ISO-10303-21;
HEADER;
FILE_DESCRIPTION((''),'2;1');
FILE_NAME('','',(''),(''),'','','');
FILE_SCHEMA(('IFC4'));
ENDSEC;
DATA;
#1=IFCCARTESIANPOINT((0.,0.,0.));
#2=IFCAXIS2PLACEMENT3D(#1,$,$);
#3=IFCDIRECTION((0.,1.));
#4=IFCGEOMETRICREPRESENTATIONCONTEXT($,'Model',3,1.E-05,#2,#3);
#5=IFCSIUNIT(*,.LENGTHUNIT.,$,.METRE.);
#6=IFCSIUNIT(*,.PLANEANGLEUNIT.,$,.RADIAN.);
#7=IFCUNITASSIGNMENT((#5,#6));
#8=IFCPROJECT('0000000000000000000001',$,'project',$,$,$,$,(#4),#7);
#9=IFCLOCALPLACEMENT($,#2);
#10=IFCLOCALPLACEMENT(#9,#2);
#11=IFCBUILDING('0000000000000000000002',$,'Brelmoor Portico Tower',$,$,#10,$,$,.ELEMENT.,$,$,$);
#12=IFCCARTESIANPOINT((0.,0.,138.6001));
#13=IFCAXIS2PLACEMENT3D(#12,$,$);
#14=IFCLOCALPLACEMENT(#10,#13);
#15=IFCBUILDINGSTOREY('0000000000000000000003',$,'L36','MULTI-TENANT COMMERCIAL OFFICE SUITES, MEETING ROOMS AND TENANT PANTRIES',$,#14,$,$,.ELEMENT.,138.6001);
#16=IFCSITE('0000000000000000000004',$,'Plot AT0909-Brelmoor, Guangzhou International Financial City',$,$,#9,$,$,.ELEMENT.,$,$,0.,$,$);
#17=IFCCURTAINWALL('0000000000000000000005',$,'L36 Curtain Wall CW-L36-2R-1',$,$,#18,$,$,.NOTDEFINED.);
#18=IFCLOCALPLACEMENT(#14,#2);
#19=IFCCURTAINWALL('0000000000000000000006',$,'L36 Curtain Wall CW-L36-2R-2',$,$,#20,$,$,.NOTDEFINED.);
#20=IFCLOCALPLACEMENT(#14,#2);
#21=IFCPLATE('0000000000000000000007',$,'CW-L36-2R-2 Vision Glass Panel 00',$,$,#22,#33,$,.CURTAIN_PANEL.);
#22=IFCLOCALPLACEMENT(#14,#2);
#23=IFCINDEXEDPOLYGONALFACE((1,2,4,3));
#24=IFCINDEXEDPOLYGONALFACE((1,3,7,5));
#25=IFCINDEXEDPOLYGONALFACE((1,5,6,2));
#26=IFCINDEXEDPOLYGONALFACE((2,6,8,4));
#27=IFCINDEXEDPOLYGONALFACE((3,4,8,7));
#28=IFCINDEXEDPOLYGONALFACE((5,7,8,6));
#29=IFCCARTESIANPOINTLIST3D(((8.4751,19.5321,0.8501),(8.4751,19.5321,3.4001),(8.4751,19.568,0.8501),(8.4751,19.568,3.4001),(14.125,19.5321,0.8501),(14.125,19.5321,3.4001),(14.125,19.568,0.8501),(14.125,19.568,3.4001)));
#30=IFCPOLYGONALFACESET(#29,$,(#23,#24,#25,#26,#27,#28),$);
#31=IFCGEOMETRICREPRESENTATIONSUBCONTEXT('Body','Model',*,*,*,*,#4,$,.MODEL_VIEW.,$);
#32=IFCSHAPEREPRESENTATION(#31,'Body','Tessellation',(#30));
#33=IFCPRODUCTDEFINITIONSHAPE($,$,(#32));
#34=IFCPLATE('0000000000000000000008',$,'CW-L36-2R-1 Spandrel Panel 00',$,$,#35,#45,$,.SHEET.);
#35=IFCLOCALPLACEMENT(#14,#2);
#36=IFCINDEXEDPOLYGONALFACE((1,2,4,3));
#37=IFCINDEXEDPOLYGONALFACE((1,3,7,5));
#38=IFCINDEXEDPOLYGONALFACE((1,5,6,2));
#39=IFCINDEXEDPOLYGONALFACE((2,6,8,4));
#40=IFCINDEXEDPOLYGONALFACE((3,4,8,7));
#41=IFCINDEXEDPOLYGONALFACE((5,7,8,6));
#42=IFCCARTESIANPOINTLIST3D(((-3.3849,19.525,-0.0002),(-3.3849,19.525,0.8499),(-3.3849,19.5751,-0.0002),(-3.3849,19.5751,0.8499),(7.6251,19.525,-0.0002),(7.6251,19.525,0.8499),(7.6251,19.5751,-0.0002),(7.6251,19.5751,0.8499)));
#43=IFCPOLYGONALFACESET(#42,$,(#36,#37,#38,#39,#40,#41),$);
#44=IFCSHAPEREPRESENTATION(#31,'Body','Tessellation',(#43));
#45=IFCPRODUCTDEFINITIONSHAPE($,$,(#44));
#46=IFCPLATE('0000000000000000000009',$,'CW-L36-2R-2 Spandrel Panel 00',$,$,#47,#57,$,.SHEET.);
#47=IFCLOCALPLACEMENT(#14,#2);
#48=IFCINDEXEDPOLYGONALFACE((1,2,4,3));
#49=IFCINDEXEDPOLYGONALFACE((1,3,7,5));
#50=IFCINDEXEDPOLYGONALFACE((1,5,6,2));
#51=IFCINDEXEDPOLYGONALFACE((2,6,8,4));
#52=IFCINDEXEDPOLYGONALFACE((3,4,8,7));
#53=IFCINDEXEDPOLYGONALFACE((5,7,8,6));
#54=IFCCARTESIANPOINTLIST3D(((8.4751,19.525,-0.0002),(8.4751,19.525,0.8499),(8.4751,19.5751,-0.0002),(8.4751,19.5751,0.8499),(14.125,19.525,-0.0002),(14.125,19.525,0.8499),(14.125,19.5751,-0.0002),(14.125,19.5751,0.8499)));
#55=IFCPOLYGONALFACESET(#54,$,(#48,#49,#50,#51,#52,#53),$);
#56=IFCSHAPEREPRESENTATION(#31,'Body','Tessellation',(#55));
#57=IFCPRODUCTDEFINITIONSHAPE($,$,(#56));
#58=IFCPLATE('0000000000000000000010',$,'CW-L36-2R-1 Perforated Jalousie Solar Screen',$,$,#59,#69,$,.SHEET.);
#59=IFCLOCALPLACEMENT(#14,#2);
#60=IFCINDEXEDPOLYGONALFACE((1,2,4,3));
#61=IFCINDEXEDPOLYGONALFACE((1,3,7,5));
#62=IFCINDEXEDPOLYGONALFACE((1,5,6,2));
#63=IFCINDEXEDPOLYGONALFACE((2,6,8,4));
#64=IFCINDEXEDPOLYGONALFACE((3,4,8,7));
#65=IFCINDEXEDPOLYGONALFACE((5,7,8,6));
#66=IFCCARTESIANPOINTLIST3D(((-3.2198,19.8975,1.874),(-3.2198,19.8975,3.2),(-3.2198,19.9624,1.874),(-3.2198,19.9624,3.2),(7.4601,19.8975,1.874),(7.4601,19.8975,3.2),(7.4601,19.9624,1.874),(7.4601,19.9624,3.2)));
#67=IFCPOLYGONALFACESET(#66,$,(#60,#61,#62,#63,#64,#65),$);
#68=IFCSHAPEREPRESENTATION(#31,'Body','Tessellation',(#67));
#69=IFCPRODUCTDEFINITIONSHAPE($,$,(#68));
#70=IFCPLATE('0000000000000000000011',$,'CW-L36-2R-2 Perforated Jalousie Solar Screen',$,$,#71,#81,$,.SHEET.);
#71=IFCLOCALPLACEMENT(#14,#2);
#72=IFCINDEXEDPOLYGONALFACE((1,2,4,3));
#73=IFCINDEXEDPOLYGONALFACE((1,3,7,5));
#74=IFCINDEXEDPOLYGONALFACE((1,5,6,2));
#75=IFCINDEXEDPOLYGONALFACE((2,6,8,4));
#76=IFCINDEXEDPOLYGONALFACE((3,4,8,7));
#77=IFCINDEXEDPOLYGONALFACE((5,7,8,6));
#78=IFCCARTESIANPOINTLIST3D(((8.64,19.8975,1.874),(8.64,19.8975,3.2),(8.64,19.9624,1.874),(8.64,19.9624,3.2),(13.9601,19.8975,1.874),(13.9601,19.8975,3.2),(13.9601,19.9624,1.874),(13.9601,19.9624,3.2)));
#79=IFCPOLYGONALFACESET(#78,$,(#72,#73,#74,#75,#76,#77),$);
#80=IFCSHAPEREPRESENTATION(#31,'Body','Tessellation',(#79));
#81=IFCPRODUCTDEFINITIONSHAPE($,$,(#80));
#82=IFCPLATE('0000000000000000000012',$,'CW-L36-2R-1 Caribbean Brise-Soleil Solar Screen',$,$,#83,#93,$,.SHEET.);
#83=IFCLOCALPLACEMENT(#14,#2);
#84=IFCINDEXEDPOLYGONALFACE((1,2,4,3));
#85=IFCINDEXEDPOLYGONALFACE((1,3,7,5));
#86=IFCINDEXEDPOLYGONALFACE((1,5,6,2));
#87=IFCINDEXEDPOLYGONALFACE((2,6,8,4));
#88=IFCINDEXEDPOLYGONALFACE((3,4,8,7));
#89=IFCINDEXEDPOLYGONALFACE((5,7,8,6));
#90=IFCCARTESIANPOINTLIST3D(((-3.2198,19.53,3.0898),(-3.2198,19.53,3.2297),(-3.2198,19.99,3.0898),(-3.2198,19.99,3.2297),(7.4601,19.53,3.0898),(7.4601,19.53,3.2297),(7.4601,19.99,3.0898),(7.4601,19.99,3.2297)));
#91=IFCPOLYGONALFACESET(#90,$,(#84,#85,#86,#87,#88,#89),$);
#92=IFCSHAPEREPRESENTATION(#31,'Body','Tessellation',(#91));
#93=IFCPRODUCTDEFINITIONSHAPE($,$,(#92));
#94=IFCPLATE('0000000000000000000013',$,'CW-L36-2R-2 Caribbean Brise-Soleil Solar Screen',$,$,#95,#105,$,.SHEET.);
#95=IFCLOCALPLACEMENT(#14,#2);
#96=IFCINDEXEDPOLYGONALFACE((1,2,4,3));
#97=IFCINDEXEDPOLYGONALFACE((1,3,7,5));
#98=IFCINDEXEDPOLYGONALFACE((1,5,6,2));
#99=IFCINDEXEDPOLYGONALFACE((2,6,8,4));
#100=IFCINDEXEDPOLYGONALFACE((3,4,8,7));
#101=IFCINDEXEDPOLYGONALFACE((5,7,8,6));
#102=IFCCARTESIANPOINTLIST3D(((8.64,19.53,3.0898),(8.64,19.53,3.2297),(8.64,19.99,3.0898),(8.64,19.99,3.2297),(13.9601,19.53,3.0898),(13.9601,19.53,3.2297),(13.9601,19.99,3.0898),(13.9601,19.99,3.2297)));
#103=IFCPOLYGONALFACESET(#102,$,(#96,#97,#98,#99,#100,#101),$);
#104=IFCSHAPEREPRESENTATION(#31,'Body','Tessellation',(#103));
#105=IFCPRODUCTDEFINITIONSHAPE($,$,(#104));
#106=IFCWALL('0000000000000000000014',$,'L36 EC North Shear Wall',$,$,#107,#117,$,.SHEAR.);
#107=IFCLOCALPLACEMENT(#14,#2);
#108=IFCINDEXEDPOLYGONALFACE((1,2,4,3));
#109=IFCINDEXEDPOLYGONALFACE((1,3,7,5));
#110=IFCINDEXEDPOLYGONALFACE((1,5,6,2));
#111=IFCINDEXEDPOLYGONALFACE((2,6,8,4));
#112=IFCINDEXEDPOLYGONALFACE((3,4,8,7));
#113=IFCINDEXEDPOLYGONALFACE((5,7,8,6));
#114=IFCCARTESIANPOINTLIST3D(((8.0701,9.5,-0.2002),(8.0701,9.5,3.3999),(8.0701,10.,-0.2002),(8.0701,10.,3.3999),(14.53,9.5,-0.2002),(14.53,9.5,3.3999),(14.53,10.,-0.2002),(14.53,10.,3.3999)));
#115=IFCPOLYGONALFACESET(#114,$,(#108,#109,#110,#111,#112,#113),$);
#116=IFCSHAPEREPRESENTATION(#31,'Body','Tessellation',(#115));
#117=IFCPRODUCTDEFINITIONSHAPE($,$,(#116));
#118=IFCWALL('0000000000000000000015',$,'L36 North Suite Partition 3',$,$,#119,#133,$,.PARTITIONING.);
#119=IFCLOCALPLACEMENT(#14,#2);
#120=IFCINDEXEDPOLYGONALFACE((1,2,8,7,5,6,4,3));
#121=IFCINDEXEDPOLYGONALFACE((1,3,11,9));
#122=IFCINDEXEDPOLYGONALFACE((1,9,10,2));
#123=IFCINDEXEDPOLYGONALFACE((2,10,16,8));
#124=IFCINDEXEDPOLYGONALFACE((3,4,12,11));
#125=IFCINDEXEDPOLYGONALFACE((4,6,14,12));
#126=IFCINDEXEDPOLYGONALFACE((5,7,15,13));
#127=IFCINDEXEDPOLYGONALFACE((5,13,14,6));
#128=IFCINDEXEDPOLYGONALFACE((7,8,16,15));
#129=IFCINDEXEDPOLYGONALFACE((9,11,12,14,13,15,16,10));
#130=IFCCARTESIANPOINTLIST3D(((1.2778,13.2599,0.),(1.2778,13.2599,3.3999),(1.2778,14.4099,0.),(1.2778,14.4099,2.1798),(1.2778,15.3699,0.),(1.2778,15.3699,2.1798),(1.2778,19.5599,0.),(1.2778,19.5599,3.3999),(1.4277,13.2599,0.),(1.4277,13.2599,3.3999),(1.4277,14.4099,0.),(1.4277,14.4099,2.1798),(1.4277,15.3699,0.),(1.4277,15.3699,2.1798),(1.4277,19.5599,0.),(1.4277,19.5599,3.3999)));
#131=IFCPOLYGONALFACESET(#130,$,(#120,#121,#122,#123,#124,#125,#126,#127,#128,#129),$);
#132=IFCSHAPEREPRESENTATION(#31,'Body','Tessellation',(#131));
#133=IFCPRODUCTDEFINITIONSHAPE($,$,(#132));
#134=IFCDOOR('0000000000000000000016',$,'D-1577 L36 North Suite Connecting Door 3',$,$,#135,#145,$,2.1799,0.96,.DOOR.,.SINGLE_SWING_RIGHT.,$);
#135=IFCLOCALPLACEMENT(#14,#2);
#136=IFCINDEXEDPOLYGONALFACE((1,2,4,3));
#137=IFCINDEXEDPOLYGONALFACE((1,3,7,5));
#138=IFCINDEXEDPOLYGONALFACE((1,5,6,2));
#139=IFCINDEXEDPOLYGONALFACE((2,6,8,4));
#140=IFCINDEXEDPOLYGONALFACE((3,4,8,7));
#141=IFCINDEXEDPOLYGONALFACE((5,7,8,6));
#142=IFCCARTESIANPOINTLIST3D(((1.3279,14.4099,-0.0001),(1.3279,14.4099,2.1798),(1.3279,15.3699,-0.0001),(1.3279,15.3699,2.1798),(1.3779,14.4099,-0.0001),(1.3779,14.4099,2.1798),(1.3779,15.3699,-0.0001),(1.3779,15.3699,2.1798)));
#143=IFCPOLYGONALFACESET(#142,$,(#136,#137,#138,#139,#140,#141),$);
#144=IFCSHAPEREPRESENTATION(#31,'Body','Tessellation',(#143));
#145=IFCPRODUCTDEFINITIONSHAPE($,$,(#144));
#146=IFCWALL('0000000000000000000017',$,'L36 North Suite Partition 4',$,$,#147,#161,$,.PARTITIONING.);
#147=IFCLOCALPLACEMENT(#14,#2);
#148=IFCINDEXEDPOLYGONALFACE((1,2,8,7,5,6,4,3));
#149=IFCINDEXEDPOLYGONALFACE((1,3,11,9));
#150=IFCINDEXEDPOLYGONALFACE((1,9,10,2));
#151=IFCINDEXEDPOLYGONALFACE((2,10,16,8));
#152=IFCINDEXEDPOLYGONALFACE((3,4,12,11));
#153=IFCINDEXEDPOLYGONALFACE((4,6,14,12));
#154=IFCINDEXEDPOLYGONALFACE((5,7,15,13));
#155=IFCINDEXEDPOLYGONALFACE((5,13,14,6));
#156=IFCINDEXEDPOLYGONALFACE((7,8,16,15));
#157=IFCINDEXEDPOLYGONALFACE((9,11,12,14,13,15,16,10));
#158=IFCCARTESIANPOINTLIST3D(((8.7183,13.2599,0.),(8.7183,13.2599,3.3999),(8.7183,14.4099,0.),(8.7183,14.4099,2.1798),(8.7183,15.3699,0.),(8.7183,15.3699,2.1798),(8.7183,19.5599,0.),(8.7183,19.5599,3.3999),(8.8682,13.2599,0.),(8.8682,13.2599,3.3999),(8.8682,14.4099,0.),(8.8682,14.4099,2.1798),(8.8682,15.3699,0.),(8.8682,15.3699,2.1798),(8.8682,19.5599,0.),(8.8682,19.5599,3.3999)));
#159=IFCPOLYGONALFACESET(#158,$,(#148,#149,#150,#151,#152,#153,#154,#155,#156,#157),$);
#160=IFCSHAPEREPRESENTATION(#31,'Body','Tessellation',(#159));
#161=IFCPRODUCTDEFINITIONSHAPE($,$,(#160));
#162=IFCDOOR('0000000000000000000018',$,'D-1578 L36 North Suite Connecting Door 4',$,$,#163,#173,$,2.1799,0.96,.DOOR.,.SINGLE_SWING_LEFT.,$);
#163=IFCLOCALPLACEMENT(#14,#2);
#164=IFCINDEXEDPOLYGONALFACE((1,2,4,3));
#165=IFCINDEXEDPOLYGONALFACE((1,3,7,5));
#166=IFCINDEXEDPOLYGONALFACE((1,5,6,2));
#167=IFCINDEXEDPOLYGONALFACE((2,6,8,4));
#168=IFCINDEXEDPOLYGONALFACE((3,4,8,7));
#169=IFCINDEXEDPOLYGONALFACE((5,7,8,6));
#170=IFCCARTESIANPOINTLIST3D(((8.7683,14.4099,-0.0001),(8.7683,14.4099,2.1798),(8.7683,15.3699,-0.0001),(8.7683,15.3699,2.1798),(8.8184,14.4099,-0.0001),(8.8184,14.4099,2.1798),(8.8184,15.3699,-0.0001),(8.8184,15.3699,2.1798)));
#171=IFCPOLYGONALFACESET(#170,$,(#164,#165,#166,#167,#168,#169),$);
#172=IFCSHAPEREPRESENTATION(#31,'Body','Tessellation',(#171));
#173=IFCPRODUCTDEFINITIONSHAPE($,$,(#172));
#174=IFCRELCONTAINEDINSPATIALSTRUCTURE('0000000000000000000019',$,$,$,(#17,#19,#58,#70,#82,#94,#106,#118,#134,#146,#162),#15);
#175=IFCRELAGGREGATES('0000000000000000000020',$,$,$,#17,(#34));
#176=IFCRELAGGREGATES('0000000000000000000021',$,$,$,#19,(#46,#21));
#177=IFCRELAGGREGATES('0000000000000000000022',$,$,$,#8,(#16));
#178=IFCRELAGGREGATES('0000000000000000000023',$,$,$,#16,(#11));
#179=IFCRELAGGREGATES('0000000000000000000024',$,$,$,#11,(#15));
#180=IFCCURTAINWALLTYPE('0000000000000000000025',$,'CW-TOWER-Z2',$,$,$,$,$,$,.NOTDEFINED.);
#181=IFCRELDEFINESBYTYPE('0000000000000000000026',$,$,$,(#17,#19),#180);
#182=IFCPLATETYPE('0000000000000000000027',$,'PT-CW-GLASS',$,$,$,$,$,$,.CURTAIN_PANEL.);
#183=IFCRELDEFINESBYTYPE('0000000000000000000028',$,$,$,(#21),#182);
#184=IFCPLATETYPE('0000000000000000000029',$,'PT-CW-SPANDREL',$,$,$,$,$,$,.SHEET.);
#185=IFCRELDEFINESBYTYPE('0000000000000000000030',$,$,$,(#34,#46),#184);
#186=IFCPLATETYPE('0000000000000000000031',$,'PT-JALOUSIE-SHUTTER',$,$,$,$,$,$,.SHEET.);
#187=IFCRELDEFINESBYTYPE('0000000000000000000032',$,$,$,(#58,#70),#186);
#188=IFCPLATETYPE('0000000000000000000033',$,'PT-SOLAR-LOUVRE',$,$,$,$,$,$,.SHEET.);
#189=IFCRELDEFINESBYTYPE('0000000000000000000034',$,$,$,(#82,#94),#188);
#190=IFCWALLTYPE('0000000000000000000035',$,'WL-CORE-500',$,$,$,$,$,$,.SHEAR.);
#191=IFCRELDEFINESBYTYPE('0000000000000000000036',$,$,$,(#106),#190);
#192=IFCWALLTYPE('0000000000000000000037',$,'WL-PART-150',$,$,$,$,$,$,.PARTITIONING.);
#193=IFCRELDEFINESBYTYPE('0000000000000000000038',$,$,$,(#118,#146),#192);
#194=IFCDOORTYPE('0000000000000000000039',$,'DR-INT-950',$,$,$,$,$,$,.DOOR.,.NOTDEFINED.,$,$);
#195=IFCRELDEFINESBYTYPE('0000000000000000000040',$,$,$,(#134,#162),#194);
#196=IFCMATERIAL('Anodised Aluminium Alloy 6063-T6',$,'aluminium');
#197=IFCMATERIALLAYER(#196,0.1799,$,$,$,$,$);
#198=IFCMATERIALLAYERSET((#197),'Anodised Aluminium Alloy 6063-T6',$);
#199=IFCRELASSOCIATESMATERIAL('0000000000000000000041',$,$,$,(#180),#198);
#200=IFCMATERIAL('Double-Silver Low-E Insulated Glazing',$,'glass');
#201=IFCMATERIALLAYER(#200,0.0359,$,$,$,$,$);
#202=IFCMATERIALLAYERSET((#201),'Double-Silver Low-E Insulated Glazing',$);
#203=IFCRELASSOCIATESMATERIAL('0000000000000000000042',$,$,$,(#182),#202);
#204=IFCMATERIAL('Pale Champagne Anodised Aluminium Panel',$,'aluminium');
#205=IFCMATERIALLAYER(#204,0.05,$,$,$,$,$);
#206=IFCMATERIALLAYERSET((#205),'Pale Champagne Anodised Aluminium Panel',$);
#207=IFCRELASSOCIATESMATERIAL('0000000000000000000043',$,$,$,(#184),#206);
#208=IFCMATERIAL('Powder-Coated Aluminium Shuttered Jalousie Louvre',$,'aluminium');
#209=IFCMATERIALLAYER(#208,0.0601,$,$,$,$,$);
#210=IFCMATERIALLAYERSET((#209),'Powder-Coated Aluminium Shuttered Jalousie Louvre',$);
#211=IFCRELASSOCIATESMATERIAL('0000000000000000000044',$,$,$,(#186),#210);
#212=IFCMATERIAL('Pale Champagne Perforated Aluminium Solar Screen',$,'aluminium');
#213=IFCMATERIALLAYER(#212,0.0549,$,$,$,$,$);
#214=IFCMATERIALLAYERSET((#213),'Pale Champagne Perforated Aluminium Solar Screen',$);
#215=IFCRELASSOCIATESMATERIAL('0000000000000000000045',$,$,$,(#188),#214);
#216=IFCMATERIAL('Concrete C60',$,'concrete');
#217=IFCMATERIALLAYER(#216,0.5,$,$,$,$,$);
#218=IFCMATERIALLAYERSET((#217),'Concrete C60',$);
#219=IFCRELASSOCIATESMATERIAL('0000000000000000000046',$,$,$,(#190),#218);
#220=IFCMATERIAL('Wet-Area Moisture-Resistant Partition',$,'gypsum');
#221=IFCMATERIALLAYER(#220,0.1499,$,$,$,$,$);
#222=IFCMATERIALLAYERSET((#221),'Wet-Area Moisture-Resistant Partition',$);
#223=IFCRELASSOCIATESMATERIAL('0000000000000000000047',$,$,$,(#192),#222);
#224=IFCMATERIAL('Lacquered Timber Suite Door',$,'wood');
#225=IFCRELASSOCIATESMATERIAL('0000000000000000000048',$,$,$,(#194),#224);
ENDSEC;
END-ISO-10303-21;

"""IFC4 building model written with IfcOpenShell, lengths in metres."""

from ifc_helpers import new_model, si_unit, direction, frame, frame_2d, origin, origin_2d, place, context, subcontext, project, spatial, rectangle, extrude, material, layer, layer_set, type_object, element, fill, aggregate, save


model = new_model("IFC4")

# Units and contexts
model_context = context("Model", 3, precision=1e-05, world=origin(), true_north=direction((0.0, 1.0)))
body_context = subcontext(model_context, "Body", "Model", "MODEL_VIEW")
ifc_project = project(units=[si_unit("LENGTHUNIT", "METRE"), si_unit("PLANEANGLEUNIT", "RADIAN")], contexts=[model_context])

# Site, building, storey
site_placement = place(None, origin())
site = spatial("IfcSite", under=ifc_project, at=site_placement, Name="Plot AT0909-Brelmoor, Guangzhou International Financial City", CompositionType="ELEMENT", RefElevation=0.0)
building_placement = place(site_placement, origin())
building = spatial("IfcBuilding", under=site, at=building_placement, Name="Brelmoor Portico Tower", CompositionType="ELEMENT")
storey_placement = place(building_placement, frame((0.0, 0.0, 138.6001)))
storey = spatial("IfcBuildingStorey", under=building, at=storey_placement, Name="L36", Description="MULTI-TENANT COMMERCIAL OFFICE SUITES, MEETING ROOMS AND TENANT PANTRIES", CompositionType="ELEMENT", Elevation=138.6001)

# Curtain wall
ifc_material_1 = material(Name="Anodised Aluminium Alloy 6063-T6", Category="aluminium")
ifc_layer_1 = layer(ifc_material_1, 0.1799)
ifc_layer_set_1 = layer_set([ifc_layer_1], Name="Anodised Aluminium Alloy 6063-T6")
curtain_wall_type = type_object("IfcCurtainWallType", Name="CW-TOWER-Z2", PredefinedType="NOTDEFINED", material=ifc_layer_set_1)
curtain_wall_1_placement = place(storey_placement, origin())
curtain_wall_1 = element("IfcCurtainWall", 1, at=curtain_wall_1_placement, inside=storey, type_object=curtain_wall_type, Name="L36 Curtain Wall CW-L36-2R-1", PredefinedType="NOTDEFINED")

# Curtain wall
curtain_wall_2_placement = place(storey_placement, origin())
curtain_wall_2 = element("IfcCurtainWall", 2, at=curtain_wall_2_placement, inside=storey, type_object=curtain_wall_type, Name="L36 Curtain Wall CW-L36-2R-2", PredefinedType="NOTDEFINED")

# Plates
ifc_material_2 = material(Name="Double-Silver Low-E Insulated Glazing", Category="glass")
ifc_layer_2 = layer(ifc_material_2, 0.0359)
ifc_layer_set_2 = layer_set([ifc_layer_2], Name="Double-Silver Low-E Insulated Glazing")
plate_type_1 = type_object("IfcPlateType", Name="PT-CW-GLASS", PredefinedType="CURTAIN_PANEL", material=ifc_layer_set_2)
plate_1_placement = place(storey_placement, frame((11.3, 19.55, 0.8501), z_axis=(0.0, 0.0, 1.0), x_axis=(1.0, 0.0, 0.0)))
plate_1 = element("IfcPlate", 3, at=plate_1_placement, type_object=plate_type_1, Name="CW-L36-2R-2 Vision Glass Panel 00", PredefinedType="CURTAIN_PANEL", context=body_context, shape_type="SweptSolid", body=[
    extrude(rectangle(XDim=5.6499, YDim=0.0359, at=origin_2d()), origin(), (0.0, 0.0, 1.0), 2.55),
])
ifc_material_3 = material(Name="Pale Champagne Anodised Aluminium Panel", Category="aluminium")
ifc_layer_3 = layer(ifc_material_3, 0.05)
ifc_layer_set_3 = layer_set([ifc_layer_3], Name="Pale Champagne Anodised Aluminium Panel")
plate_type_2 = type_object("IfcPlateType", Name="PT-CW-SPANDREL", PredefinedType="SHEET", material=ifc_layer_set_3)
plate_2_placement = place(storey_placement, frame((2.1201, 19.55, -0.0002), z_axis=(0.0, 0.0, 1.0), x_axis=(1.0, 0.0, 0.0)))
plate_2 = element("IfcPlate", 4, at=plate_2_placement, type_object=plate_type_2, Name="CW-L36-2R-1 Spandrel Panel 00", PredefinedType="SHEET", context=body_context, shape_type="SweptSolid", body=[
    extrude(rectangle(XDim=11.01, YDim=0.05, at=origin_2d()), origin(), (0.0, 0.0, 1.0), 0.8501),
])
aggregate(curtain_wall_1, [plate_2])
plate_3_placement = place(storey_placement, frame((11.3, 19.55, -0.0002), z_axis=(0.0, 0.0, 1.0), x_axis=(1.0, 0.0, 0.0)))
plate_3 = element("IfcPlate", 5, at=plate_3_placement, type_object=plate_type_2, Name="CW-L36-2R-2 Spandrel Panel 00", PredefinedType="SHEET", context=body_context, shape_type="SweptSolid", body=[
    extrude(rectangle(XDim=5.6499, YDim=0.05, at=origin_2d()), origin(), (0.0, 0.0, 1.0), 0.8501),
])
aggregate(curtain_wall_2, [plate_3, plate_1])

# Plates
ifc_material_4 = material(Name="Powder-Coated Aluminium Shuttered Jalousie Louvre", Category="aluminium")
ifc_layer_4 = layer(ifc_material_4, 0.0601)
ifc_layer_set_4 = layer_set([ifc_layer_4], Name="Powder-Coated Aluminium Shuttered Jalousie Louvre")
plate_type_3 = type_object("IfcPlateType", Name="PT-JALOUSIE-SHUTTER", PredefinedType="SHEET", material=ifc_layer_set_4)
plate_4_placement = place(storey_placement, frame((2.1201, 19.9299, 1.874), z_axis=(0.0, 0.0, 1.0), x_axis=(1.0, 0.0, 0.0)))
element("IfcPlate", 6, at=plate_4_placement, inside=storey, type_object=plate_type_3, Name="CW-L36-2R-1 Perforated Jalousie Solar Screen", PredefinedType="SHEET", context=body_context, shape_type="SweptSolid", body=[
    extrude(rectangle(XDim=10.6799, YDim=0.0649, at=origin_2d()), origin(), (0.0, 0.0, 1.0), 1.3259),
])
plate_5_placement = place(storey_placement, frame((11.3, 19.9299, 1.874), z_axis=(0.0, 0.0, 1.0), x_axis=(1.0, 0.0, 0.0)))
element("IfcPlate", 7, at=plate_5_placement, inside=storey, type_object=plate_type_3, Name="CW-L36-2R-2 Perforated Jalousie Solar Screen", PredefinedType="SHEET", context=body_context, shape_type="SweptSolid", body=[
    extrude(rectangle(XDim=5.3201, YDim=0.0649, at=origin_2d()), origin(), (0.0, 0.0, 1.0), 1.3259),
])
ifc_material_5 = material(Name="Pale Champagne Perforated Aluminium Solar Screen", Category="aluminium")
ifc_layer_5 = layer(ifc_material_5, 0.0549)
ifc_layer_set_5 = layer_set([ifc_layer_5], Name="Pale Champagne Perforated Aluminium Solar Screen")
plate_type_4 = type_object("IfcPlateType", Name="PT-SOLAR-LOUVRE", PredefinedType="SHEET", material=ifc_layer_set_5)
plate_6_placement = place(storey_placement, frame((2.1201, 19.76, 3.0898), z_axis=(0.0, 0.0, 1.0), x_axis=(1.0, 0.0, 0.0)))
element("IfcPlate", 8, at=plate_6_placement, inside=storey, type_object=plate_type_4, Name="CW-L36-2R-1 Caribbean Brise-Soleil Solar Screen", PredefinedType="SHEET", context=body_context, shape_type="SweptSolid", body=[
    extrude(rectangle(XDim=10.6799, YDim=0.46, at=origin_2d()), origin(), (0.0, 0.0, 1.0), 0.1399),
])
plate_7_placement = place(storey_placement, frame((11.3, 19.76, 3.0898), z_axis=(0.0, 0.0, 1.0), x_axis=(1.0, 0.0, 0.0)))
element("IfcPlate", 9, at=plate_7_placement, inside=storey, type_object=plate_type_4, Name="CW-L36-2R-2 Caribbean Brise-Soleil Solar Screen", PredefinedType="SHEET", context=body_context, shape_type="SweptSolid", body=[
    extrude(rectangle(XDim=5.3201, YDim=0.46, at=origin_2d()), origin(), (0.0, 0.0, 1.0), 0.1399),
])

# Wall
ifc_material_6 = material(Name="Concrete C60", Category="concrete")
ifc_layer_6 = layer(ifc_material_6, 0.5)
ifc_layer_set_6 = layer_set([ifc_layer_6], Name="Concrete C60")
wall_type_1 = type_object("IfcWallType", Name="WL-CORE-500", PredefinedType="SHEAR", material=ifc_layer_set_6)
wall_1_placement = place(storey_placement, frame((8.0701, 9.75, -0.2002), z_axis=(0.0, 0.0, 1.0), x_axis=(1.0, 0.0, 0.0)))
element("IfcWall", 10, at=wall_1_placement, inside=storey, type_object=wall_type_1, Name="L36 EC North Shear Wall", PredefinedType="SHEAR", context=body_context, shape_type="SweptSolid", body=[
    extrude(rectangle(XDim=6.46, YDim=0.5, at=frame_2d((3.23, 0.0))), origin(), (0.0, 0.0, 1.0), 3.6001),
])

# Walls, openings, doors
ifc_material_7 = material(Name="Wet-Area Moisture-Resistant Partition", Category="gypsum")
ifc_layer_7 = layer(ifc_material_7, 0.1499)
ifc_layer_set_7 = layer_set([ifc_layer_7], Name="Wet-Area Moisture-Resistant Partition")
wall_type_2 = type_object("IfcWallType", Name="WL-PART-150", PredefinedType="PARTITIONING", material=ifc_layer_set_7)
wall_2_placement = place(storey_placement, frame((1.3528, 13.26, 0.0), z_axis=(0.0, 0.0, 1.0), x_axis=(0.0, 1.0, 0.0)))
wall_2 = element("IfcWall", 11, at=wall_2_placement, inside=storey, type_object=wall_type_2, Name="L36 North Suite Partition 3", PredefinedType="PARTITIONING", context=body_context, shape_type="SweptSolid", body=[
    extrude(rectangle(XDim=6.3, YDim=0.1499, at=frame_2d((3.1499, 0.0))), origin(), (0.0, 0.0, 1.0), 3.3999),
])
opening_1_placement = place(wall_2_placement, frame((1.1499, 0.0, 0.0)))
opening_1 = element("IfcOpeningElement", 12, at=opening_1_placement, cuts=wall_2, PredefinedType="OPENING", context=body_context, shape_type="SweptSolid", body=[
    extrude(rectangle(XDim=0.96, YDim=2.1799, at=frame_2d((0.48, 1.0898))), frame((0.0, 0.085, 0.0), z_axis=(0.0, -1.0, 0.0), x_axis=(1.0, 0.0, 0.0)), (0.0, 0.0, 1.0), 0.1699),
])
ifc_material_8 = material(Name="Lacquered Timber Suite Door", Category="wood")
door_type = type_object("IfcDoorType", Name="DR-INT-950", OperationType="NOTDEFINED", PredefinedType="DOOR", material=ifc_material_8)
door_1_placement = place(opening_1_placement, origin())
door_1 = element("IfcDoor", 13, at=door_1_placement, inside=storey, type_object=door_type, Name="D-1577 L36 North Suite Connecting Door 3", OperationType="SINGLE_SWING_RIGHT", OverallHeight=2.1799, OverallWidth=0.96, PredefinedType="DOOR", context=body_context, shape_type="SweptSolid", body=[
    extrude(rectangle(XDim=0.96, YDim=2.1799, at=frame_2d((0.48, 1.0898))), frame((0.0, 0.0249, 0.0), z_axis=(0.0, -1.0, 0.0), x_axis=(1.0, 0.0, 0.0)), (0.0, 0.0, 1.0), 0.05),
])
fill(opening_1, door_1)
wall_3_placement = place(storey_placement, frame((8.7932, 13.26, 0.0), z_axis=(0.0, 0.0, 1.0), x_axis=(0.0, 1.0, 0.0)))
wall_3 = element("IfcWall", 14, at=wall_3_placement, inside=storey, type_object=wall_type_2, Name="L36 North Suite Partition 4", PredefinedType="PARTITIONING", context=body_context, shape_type="SweptSolid", body=[
    extrude(rectangle(XDim=6.3, YDim=0.1499, at=frame_2d((3.1499, 0.0))), origin(), (0.0, 0.0, 1.0), 3.3999),
])
opening_2_placement = place(wall_3_placement, frame((1.1499, 0.0, 0.0)))
opening_2 = element("IfcOpeningElement", 15, at=opening_2_placement, cuts=wall_3, PredefinedType="OPENING", context=body_context, shape_type="SweptSolid", body=[
    extrude(rectangle(XDim=0.96, YDim=2.1799, at=frame_2d((0.48, 1.0898))), frame((0.0, 0.085, 0.0), z_axis=(0.0, -1.0, 0.0), x_axis=(1.0, 0.0, 0.0)), (0.0, 0.0, 1.0), 0.1699),
])
door_2_placement = place(opening_2_placement, origin())
door_2 = element("IfcDoor", 16, at=door_2_placement, inside=storey, type_object=door_type, Name="D-1578 L36 North Suite Connecting Door 4", OperationType="SINGLE_SWING_LEFT", OverallHeight=2.1799, OverallWidth=0.96, PredefinedType="DOOR", context=body_context, shape_type="SweptSolid", body=[
    extrude(rectangle(XDim=0.96, YDim=2.1799, at=frame_2d((0.48, 1.0898))), frame((0.0, 0.0249, 0.0), z_axis=(0.0, -1.0, 0.0), x_axis=(1.0, 0.0, 0.0)), (0.0, 0.0, 1.0), 0.05),
])
fill(opening_2, door_2)

save(model, "model.ifc")
